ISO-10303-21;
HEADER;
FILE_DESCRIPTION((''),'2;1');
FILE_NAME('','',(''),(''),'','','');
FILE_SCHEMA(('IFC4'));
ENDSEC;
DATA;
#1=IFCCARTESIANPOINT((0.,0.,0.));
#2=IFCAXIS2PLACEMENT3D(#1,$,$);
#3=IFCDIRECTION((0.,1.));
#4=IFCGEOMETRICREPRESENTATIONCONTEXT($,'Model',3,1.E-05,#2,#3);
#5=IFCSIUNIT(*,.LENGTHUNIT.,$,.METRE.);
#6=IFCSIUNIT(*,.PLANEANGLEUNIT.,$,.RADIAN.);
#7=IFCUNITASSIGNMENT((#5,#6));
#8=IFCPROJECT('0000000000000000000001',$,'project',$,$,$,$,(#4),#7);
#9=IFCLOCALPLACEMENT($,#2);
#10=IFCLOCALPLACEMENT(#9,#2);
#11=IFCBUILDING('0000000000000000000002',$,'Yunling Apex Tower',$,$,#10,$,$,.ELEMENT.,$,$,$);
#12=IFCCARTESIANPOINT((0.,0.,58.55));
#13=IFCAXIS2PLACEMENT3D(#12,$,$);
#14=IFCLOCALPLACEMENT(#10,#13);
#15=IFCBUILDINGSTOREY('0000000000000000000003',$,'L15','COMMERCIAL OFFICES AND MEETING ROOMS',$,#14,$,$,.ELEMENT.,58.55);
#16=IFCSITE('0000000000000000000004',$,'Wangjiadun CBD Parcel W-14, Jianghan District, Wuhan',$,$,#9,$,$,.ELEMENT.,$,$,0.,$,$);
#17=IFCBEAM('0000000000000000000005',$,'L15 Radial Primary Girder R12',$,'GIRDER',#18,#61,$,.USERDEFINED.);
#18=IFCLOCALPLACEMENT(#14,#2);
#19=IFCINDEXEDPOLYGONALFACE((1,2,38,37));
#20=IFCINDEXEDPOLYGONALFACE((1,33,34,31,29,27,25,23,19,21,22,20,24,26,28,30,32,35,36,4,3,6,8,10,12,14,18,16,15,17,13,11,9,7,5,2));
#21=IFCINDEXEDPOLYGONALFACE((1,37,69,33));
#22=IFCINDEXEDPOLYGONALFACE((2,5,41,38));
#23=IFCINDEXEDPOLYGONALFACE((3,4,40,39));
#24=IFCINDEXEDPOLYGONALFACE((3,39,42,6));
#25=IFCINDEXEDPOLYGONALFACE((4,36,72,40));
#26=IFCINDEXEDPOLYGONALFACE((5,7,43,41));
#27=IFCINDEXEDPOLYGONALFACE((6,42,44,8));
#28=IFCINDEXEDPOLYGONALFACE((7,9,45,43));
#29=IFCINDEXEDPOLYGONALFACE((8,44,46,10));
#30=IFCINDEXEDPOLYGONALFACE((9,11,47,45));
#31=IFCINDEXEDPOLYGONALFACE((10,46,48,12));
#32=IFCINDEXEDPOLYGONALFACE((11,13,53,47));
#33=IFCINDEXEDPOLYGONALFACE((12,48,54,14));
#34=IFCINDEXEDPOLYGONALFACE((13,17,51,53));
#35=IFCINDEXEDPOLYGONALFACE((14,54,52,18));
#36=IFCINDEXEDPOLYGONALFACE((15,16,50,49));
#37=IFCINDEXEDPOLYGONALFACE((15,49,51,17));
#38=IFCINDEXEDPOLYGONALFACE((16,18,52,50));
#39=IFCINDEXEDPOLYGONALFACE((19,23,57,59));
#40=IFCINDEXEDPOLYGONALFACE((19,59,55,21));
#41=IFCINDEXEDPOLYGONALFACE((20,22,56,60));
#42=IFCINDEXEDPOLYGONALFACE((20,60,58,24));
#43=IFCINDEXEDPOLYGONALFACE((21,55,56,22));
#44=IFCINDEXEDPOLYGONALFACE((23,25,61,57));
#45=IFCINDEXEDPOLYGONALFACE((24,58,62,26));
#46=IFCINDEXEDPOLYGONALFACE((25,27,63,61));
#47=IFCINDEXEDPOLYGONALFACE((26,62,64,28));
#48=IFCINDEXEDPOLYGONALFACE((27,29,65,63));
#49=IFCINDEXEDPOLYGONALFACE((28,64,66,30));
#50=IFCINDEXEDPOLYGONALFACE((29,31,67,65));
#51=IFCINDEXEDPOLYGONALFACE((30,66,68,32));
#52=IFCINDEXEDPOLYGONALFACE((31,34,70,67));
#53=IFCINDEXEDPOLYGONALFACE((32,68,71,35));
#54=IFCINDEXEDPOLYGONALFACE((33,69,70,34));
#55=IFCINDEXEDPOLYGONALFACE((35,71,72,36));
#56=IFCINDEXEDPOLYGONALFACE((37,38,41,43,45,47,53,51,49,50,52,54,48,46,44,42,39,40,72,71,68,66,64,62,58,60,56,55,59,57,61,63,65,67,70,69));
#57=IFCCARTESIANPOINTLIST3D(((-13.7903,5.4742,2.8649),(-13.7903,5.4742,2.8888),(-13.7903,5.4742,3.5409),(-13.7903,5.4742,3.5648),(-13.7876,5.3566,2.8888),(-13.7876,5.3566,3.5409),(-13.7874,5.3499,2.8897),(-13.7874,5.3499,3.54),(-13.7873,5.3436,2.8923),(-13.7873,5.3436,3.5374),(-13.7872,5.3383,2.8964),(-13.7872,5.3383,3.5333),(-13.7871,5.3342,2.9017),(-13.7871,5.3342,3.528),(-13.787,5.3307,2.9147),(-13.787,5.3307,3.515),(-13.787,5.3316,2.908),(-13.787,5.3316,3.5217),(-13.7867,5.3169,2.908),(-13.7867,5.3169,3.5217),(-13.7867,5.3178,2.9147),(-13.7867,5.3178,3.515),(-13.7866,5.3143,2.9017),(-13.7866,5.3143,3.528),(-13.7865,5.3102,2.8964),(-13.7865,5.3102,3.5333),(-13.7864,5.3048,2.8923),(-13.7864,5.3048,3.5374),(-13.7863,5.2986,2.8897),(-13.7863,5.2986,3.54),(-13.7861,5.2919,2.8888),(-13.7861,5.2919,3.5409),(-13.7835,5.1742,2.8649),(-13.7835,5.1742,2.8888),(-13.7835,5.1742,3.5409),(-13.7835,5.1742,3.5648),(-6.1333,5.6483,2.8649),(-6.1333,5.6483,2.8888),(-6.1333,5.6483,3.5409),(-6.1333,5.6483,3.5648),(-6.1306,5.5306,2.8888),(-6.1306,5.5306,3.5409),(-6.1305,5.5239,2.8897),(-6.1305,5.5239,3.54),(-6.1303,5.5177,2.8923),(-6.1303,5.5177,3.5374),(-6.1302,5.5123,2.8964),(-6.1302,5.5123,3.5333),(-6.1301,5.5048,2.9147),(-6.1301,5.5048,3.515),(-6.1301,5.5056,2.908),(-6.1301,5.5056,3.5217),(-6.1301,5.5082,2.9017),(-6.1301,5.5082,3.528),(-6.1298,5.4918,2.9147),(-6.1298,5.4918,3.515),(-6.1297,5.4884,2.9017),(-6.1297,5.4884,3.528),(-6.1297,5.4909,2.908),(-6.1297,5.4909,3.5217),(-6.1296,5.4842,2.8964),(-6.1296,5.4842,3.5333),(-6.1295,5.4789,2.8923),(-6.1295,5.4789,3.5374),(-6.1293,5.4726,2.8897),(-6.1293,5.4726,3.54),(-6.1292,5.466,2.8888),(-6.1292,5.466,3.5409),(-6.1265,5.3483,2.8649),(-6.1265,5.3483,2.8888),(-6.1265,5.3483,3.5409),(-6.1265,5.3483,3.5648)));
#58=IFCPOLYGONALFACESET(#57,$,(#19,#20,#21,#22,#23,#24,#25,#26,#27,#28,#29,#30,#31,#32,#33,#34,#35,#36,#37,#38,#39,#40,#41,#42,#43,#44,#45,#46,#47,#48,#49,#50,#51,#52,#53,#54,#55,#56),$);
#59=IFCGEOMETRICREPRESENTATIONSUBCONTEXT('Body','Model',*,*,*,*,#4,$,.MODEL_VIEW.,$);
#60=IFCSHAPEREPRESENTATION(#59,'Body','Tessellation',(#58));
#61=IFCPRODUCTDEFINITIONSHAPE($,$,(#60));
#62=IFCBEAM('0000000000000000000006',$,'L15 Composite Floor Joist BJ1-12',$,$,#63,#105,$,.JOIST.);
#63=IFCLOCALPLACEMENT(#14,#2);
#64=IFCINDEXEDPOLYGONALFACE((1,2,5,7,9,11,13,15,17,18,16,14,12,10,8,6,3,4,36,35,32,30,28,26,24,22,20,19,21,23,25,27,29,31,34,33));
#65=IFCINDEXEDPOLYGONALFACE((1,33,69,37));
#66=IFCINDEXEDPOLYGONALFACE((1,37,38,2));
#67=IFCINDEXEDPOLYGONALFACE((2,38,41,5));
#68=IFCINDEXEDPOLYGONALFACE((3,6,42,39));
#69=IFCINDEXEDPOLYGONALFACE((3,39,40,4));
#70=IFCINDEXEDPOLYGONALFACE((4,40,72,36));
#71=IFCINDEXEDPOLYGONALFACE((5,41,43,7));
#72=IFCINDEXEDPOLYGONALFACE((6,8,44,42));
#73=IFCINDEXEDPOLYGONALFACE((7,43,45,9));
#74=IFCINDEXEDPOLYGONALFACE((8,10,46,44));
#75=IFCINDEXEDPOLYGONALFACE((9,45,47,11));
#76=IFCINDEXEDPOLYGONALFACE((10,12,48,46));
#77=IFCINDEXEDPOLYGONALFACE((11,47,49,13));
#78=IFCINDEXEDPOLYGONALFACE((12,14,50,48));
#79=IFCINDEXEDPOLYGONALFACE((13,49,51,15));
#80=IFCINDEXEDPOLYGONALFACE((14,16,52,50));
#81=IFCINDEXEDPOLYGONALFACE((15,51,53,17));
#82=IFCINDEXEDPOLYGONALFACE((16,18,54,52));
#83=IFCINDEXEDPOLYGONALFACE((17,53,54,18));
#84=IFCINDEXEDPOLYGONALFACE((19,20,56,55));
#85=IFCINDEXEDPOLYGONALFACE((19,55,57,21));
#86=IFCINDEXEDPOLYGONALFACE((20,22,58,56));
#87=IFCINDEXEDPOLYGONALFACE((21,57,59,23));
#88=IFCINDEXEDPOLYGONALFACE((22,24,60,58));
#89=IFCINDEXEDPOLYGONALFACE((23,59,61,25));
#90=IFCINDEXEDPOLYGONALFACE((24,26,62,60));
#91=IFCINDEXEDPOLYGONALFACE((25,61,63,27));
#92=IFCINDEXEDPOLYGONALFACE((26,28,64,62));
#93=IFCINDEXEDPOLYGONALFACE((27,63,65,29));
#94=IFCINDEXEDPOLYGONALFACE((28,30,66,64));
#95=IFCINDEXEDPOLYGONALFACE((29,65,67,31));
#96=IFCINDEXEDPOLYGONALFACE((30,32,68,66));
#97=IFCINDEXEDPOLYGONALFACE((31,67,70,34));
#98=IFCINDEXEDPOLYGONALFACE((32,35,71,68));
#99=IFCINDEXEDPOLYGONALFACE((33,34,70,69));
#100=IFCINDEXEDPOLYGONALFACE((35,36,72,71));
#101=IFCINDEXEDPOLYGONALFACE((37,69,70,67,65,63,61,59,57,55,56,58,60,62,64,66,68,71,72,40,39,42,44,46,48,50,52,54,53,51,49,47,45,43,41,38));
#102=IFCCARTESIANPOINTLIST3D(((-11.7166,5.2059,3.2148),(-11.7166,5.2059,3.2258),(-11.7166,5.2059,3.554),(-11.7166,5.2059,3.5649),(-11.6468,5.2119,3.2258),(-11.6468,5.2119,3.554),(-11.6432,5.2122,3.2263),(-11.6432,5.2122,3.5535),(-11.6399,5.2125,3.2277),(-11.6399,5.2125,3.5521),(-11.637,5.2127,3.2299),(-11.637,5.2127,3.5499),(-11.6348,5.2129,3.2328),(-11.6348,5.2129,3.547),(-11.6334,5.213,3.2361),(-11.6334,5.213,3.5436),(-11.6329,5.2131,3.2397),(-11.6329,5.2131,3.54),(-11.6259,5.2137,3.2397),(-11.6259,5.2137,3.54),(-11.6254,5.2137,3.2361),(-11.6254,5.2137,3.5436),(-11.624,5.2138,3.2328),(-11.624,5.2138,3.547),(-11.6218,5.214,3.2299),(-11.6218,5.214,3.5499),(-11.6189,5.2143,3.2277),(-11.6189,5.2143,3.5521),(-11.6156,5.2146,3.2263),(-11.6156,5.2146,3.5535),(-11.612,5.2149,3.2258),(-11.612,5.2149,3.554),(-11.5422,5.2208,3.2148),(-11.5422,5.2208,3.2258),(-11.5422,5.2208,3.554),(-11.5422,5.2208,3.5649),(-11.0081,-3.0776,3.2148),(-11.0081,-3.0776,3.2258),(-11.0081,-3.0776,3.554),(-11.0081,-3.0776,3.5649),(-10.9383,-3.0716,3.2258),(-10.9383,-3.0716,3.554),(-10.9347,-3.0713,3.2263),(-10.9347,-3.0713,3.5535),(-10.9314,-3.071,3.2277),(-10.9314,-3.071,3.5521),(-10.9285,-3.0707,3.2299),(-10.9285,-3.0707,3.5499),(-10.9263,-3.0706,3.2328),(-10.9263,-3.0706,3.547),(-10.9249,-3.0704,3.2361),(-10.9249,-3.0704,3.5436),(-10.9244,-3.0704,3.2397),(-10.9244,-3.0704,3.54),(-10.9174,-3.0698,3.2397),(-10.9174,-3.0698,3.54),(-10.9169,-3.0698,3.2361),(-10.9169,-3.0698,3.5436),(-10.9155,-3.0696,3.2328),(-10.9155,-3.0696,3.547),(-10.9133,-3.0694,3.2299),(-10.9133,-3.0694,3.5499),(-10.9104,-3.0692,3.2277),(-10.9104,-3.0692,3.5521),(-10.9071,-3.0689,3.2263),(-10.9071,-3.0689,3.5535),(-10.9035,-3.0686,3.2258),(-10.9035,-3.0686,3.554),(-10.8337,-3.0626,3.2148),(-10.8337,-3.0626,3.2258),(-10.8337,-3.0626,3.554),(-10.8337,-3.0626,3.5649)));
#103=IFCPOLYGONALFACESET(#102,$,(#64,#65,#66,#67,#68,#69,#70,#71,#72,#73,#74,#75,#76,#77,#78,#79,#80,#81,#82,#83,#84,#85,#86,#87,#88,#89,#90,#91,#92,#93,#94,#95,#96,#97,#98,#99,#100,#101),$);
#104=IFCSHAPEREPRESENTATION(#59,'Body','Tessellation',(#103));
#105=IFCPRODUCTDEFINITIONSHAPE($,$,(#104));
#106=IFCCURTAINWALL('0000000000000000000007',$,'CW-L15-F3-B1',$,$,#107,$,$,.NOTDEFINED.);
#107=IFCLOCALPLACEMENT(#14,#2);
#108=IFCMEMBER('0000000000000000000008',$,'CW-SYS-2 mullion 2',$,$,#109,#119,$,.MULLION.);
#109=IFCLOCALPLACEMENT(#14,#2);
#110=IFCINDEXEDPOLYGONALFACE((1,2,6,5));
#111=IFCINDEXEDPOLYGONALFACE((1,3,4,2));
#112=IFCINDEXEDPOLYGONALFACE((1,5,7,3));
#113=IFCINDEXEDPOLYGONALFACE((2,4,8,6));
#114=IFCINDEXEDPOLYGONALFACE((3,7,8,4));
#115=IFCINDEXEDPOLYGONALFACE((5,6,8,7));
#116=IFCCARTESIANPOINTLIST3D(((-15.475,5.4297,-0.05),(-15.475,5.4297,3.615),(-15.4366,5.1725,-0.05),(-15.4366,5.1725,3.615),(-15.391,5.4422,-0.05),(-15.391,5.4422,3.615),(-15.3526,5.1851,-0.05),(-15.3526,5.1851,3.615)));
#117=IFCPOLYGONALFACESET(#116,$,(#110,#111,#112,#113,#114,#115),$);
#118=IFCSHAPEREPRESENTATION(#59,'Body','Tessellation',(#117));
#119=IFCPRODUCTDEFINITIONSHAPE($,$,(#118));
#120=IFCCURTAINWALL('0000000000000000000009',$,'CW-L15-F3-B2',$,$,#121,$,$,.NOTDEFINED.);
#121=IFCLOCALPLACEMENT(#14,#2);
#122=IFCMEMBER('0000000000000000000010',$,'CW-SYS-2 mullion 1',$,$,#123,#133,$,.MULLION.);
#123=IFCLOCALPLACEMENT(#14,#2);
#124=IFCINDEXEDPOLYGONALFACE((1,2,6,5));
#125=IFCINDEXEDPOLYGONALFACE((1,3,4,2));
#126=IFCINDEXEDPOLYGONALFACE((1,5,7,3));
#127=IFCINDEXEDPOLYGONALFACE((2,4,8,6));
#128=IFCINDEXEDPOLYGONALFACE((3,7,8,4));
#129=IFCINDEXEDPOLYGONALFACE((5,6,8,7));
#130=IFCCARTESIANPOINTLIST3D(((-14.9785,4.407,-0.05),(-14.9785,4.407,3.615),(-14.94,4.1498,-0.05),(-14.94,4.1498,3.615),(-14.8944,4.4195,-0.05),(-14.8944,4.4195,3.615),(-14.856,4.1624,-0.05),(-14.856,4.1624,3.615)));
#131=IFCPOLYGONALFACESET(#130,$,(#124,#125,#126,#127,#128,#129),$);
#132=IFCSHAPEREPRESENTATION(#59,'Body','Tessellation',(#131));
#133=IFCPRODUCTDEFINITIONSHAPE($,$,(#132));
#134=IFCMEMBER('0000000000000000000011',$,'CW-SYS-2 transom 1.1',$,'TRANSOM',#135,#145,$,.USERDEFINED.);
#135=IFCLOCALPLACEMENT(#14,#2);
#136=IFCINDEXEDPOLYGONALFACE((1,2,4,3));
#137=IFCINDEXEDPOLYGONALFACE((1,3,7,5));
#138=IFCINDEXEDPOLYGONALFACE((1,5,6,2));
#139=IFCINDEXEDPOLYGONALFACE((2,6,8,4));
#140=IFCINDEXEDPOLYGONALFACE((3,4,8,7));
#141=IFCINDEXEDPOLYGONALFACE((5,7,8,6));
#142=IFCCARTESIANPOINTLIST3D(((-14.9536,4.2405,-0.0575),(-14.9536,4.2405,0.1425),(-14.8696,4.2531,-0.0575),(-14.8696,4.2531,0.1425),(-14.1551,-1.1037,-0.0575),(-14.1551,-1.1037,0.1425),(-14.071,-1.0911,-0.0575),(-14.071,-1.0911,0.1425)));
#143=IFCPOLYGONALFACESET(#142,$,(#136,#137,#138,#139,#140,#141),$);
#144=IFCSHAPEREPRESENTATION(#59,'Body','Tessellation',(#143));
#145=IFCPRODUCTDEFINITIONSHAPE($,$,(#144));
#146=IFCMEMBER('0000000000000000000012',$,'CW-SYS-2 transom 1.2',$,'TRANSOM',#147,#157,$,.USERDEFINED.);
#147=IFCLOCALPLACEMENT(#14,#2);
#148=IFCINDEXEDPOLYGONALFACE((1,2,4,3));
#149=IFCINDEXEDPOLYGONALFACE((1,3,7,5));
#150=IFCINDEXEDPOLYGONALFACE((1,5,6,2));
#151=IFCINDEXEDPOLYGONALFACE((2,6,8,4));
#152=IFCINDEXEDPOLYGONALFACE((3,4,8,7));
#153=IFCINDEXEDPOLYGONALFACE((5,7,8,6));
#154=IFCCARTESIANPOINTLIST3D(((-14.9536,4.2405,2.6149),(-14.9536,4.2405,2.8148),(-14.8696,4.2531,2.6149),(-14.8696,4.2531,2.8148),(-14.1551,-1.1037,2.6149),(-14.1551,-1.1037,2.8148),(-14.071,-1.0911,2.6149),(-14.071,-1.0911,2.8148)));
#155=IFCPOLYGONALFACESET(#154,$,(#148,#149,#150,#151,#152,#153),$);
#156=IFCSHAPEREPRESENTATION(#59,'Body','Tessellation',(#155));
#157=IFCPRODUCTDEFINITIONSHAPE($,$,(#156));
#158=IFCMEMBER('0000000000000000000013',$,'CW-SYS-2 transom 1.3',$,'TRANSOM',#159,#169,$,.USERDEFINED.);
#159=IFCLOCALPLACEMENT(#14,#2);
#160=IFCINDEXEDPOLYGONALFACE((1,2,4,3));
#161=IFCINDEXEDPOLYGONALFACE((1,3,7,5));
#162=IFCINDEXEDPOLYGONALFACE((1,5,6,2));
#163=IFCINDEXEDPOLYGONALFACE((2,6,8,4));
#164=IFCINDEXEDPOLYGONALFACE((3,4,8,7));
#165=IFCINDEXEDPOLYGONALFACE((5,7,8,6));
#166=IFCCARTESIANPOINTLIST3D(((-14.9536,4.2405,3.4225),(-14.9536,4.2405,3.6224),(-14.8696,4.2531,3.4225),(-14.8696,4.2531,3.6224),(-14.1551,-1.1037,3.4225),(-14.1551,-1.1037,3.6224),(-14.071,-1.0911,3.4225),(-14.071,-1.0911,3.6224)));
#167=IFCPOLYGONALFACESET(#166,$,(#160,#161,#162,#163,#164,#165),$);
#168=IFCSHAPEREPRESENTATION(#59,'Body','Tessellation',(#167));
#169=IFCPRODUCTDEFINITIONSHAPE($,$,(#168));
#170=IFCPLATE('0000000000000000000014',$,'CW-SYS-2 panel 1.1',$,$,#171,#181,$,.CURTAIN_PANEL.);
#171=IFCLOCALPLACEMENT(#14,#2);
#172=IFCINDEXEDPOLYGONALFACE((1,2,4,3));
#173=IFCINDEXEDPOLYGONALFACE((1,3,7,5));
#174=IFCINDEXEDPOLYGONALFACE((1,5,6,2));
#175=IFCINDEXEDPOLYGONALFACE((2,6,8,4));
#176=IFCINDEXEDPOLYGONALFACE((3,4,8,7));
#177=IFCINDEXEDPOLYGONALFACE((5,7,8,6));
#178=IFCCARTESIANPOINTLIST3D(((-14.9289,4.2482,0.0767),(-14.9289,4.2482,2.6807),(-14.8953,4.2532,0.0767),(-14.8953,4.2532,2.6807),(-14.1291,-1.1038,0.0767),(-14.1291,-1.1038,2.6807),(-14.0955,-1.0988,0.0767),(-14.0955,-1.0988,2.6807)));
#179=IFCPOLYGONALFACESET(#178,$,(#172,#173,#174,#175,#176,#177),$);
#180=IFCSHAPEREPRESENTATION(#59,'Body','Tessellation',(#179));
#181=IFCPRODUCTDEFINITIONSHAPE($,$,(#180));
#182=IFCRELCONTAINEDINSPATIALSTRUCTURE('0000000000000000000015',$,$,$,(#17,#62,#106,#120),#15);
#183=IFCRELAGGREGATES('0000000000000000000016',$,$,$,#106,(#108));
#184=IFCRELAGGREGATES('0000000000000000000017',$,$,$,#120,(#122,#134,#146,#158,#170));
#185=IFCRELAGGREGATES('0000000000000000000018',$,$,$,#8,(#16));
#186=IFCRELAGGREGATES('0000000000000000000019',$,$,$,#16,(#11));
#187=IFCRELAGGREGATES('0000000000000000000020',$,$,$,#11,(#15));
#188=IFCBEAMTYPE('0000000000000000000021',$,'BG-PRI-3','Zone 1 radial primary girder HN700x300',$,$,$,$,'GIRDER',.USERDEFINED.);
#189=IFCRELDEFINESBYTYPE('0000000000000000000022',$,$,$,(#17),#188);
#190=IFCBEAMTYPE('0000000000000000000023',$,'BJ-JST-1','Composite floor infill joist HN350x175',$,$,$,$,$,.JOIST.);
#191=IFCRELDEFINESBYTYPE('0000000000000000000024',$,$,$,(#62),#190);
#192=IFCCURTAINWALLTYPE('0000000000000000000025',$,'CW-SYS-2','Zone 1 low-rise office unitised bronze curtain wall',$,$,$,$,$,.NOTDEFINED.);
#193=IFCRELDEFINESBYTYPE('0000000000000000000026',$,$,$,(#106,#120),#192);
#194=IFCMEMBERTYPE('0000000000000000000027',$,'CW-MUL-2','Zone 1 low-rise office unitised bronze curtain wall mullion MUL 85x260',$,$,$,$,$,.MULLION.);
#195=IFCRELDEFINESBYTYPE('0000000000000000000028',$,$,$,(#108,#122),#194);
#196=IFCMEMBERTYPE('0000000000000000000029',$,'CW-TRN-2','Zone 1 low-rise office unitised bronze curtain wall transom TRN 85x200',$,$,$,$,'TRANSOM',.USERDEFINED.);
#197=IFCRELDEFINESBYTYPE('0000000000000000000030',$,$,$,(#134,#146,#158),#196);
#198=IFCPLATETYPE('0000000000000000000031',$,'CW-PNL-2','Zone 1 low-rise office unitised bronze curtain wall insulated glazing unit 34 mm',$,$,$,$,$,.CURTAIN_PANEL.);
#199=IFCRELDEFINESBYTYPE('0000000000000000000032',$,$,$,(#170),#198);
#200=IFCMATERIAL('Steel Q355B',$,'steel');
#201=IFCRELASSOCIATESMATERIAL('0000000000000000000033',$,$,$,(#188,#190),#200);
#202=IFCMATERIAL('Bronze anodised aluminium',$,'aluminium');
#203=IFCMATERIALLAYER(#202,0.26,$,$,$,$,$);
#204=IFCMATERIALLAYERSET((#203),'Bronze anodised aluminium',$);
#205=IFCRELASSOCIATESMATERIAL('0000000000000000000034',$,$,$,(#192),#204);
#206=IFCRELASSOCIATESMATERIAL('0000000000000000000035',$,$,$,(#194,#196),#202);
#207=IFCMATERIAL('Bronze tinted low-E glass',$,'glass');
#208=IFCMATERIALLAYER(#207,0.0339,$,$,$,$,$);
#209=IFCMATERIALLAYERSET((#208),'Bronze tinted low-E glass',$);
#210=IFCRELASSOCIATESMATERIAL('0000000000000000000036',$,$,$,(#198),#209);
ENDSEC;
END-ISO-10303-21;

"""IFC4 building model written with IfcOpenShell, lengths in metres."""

from ifc_helpers import new_model, si_unit, direction, frame, origin, origin_2d, place, context, subcontext, project, spatial, rectangle, i_section, extrude, source, transform, mapped, material, layer, layer_set, material_profile, profile_set, type_object, element, aggregate, save


model = new_model("IFC4")

# Units and contexts
model_context = context("Model", 3, precision=1e-05, world=origin(), true_north=direction((0.0, 1.0)))
body_context = subcontext(model_context, "Body", "Model", "MODEL_VIEW")
ifc_project = project(units=[si_unit("LENGTHUNIT", "METRE"), si_unit("PLANEANGLEUNIT", "RADIAN")], contexts=[model_context])

# Site, building, storey
site_placement = place(None, origin())
site = spatial("IfcSite", under=ifc_project, at=site_placement, Name="Wangjiadun CBD Parcel W-14, Jianghan District, Wuhan", CompositionType="ELEMENT", RefElevation=0.0)
building_placement = place(site_placement, origin())
building = spatial("IfcBuilding", under=site, at=building_placement, Name="Yunling Apex Tower", CompositionType="ELEMENT")
storey_placement = place(building_placement, frame((0.0, 0.0, 58.55)))
storey = spatial("IfcBuildingStorey", under=building, at=storey_placement, Name="L15", Description="COMMERCIAL OFFICES AND MEETING ROOMS", CompositionType="ELEMENT", Elevation=58.55)

# Beams
ifc_material_1 = material(Name="Steel Q355B", Category="steel")
ifc_material_profile_1 = material_profile(ifc_material_1, i_section(OverallWidth=0.3, OverallDepth=0.7, WebThickness=0.0129, FlangeThickness=0.0239, FilletRadius=0.0259, at=origin_2d()))
ifc_profile_set_1 = profile_set([ifc_material_profile_1], Name="Steel Q355B")
beam_type_1 = type_object("IfcBeamType", Name="BG-PRI-3", Description="Zone 1 radial primary girder HN700x300", ElementType="GIRDER", PredefinedType="USERDEFINED", material=ifc_profile_set_1)
shared_shape_1 = source(origin(), body_context, "Body", "SweptSolid", [
    extrude(i_section(OverallWidth=0.3, OverallDepth=0.7, WebThickness=0.0129, FlangeThickness=0.0239, FilletRadius=0.0259, at=origin_2d()), origin(), (0.0, 0.0, 1.0), 7.6589),
])
beam_1_placement = place(storey_placement, frame((-13.7869, 5.3242, 3.2148), z_axis=(0.999742, 0.022728, 0.0), x_axis=(-0.022728, 0.999742, 0.0)))
element("IfcBeam", 1, at=beam_1_placement, inside=storey, type_object=beam_type_1, Name="L15 Radial Primary Girder R12", ObjectType="GIRDER", PredefinedType="USERDEFINED", context=body_context, shape_type="MappedRepresentation", body=[
    mapped(shared_shape_1, transform((0.0, 0.0, 0.0), scale=1.0)),
])
ifc_material_profile_2 = material_profile(ifc_material_1, i_section(OverallWidth=0.175, OverallDepth=0.3501, WebThickness=0.0071, FlangeThickness=0.011, FilletRadius=0.0139, at=origin_2d()))
ifc_profile_set_2 = profile_set([ifc_material_profile_2], Name="Steel Q355B")
beam_type_2 = type_object("IfcBeamType", Name="BJ-JST-1", Description="Composite floor infill joist HN350x175", PredefinedType="JOIST", material=ifc_profile_set_2)
shared_shape_2 = source(origin(), body_context, "Body", "SweptSolid", [
    extrude(i_section(OverallWidth=0.175, OverallDepth=0.3501, WebThickness=0.0071, FlangeThickness=0.011, FilletRadius=0.0139, at=origin_2d()), origin(), (0.0, 0.0, 1.0), 8.3137),
])
beam_2_placement = place(storey_placement, frame((-11.6294, 5.2134, 3.3899), z_axis=(0.08522, -0.996362, 0.0), x_axis=(0.996362, 0.08522, 0.0)))
element("IfcBeam", 2, at=beam_2_placement, inside=storey, type_object=beam_type_2, Name="L15 Composite Floor Joist BJ1-12", PredefinedType="JOIST", context=body_context, shape_type="MappedRepresentation", body=[
    mapped(shared_shape_2, transform((0.0, 0.0, 0.0), scale=1.0)),
])

# Curtain wall, member
ifc_material_2 = material(Name="Bronze anodised aluminium", Category="aluminium")
ifc_layer_1 = layer(ifc_material_2, 0.26)
ifc_layer_set_1 = layer_set([ifc_layer_1], Name="Bronze anodised aluminium")
curtain_wall_type = type_object("IfcCurtainWallType", Name="CW-SYS-2", Description="Zone 1 low-rise office unitised bronze curtain wall", PredefinedType="NOTDEFINED", material=ifc_layer_set_1)
curtain_wall_1_placement = place(storey_placement, origin())
curtain_wall_1 = element("IfcCurtainWall", 3, at=curtain_wall_1_placement, inside=storey, type_object=curtain_wall_type, Name="CW-L15-F3-B1", PredefinedType="NOTDEFINED")
ifc_material_profile_3 = material_profile(ifc_material_2, rectangle(XDim=0.085, YDim=0.26, at=origin_2d()))
ifc_profile_set_3 = profile_set([ifc_material_profile_3], Name="Bronze anodised aluminium")
member_type_1 = type_object("IfcMemberType", Name="CW-MUL-2", Description="Zone 1 low-rise office unitised bronze curtain wall mullion MUL 85x260", PredefinedType="MULLION", material=ifc_profile_set_3)
shared_shape_3 = source(origin(), body_context, "Body", "SweptSolid", [
    extrude(rectangle(XDim=0.085, YDim=0.26, at=origin_2d()), origin(), (0.0, 0.0, 1.0), 3.665),
])
member_1_placement = place(storey_placement, frame((-15.4138, 5.3074, -0.05), z_axis=(0.0, 0.0, 1.0), x_axis=(0.989017, 0.147799, 0.0)))
member_1 = element("IfcMember", 4, at=member_1_placement, type_object=member_type_1, Name="CW-SYS-2 mullion 2", PredefinedType="MULLION", context=body_context, shape_type="MappedRepresentation", body=[
    mapped(shared_shape_3, transform((0.0, 0.0, 0.0), scale=1.0)),
])
aggregate(curtain_wall_1, [member_1])

# Curtain wall, members, plate
curtain_wall_2_placement = place(storey_placement, origin())
curtain_wall_2 = element("IfcCurtainWall", 5, at=curtain_wall_2_placement, inside=storey, type_object=curtain_wall_type, Name="CW-L15-F3-B2", PredefinedType="NOTDEFINED")
member_2_placement = place(storey_placement, frame((-14.9172, 4.2847, -0.05), z_axis=(0.0, 0.0, 1.0), x_axis=(0.989017, 0.147801, 0.0)))
member_2 = element("IfcMember", 6, at=member_2_placement, type_object=member_type_1, Name="CW-SYS-2 mullion 1", PredefinedType="MULLION", context=body_context, shape_type="MappedRepresentation", body=[
    mapped(shared_shape_3, transform((0.0, 0.0, 0.0), scale=1.0)),
])
ifc_material_profile_4 = material_profile(ifc_material_2, rectangle(XDim=0.085, YDim=0.2, at=origin_2d()))
ifc_profile_set_4 = profile_set([ifc_material_profile_4], Name="Bronze anodised aluminium")
member_type_2 = type_object("IfcMemberType", Name="CW-TRN-2", Description="Zone 1 low-rise office unitised bronze curtain wall transom TRN 85x200", ElementType="TRANSOM", PredefinedType="USERDEFINED", material=ifc_profile_set_4)
shared_shape_4 = source(origin(), body_context, "Body", "SweptSolid", [
    extrude(rectangle(XDim=0.085, YDim=0.2, at=origin_2d()), origin(), (0.0, 0.0, 1.0), 5.4036),
])
member_3_placement = place(storey_placement, frame((-14.9116, 4.2468, 0.0425), z_axis=(0.147788, -0.989019, 0.0), x_axis=(0.989019, 0.147788, 0.0)))
member_3 = element("IfcMember", 7, at=member_3_placement, type_object=member_type_2, Name="CW-SYS-2 transom 1.1", ObjectType="TRANSOM", PredefinedType="USERDEFINED", context=body_context, shape_type="MappedRepresentation", body=[
    mapped(shared_shape_4, transform((0.0, 0.0, 0.0), scale=1.0)),
])
member_4_placement = place(storey_placement, frame((-14.9116, 4.2468, 2.7148), z_axis=(0.147788, -0.989019, 0.0), x_axis=(0.989019, 0.147788, 0.0)))
member_4 = element("IfcMember", 8, at=member_4_placement, type_object=member_type_2, Name="CW-SYS-2 transom 1.2", ObjectType="TRANSOM", PredefinedType="USERDEFINED", context=body_context, shape_type="MappedRepresentation", body=[
    mapped(shared_shape_4, transform((0.0, 0.0, 0.0), scale=1.0)),
])
member_5_placement = place(storey_placement, frame((-14.9116, 4.2468, 3.5225), z_axis=(0.147788, -0.989019, 0.0), x_axis=(0.989019, 0.147788, 0.0)))
member_5 = element("IfcMember", 9, at=member_5_placement, type_object=member_type_2, Name="CW-SYS-2 transom 1.3", ObjectType="TRANSOM", PredefinedType="USERDEFINED", context=body_context, shape_type="MappedRepresentation", body=[
    mapped(shared_shape_4, transform((0.0, 0.0, 0.0), scale=1.0)),
])
ifc_material_3 = material(Name="Bronze tinted low-E glass", Category="glass")
ifc_layer_2 = layer(ifc_material_3, 0.0339)
ifc_layer_set_2 = layer_set([ifc_layer_2], Name="Bronze tinted low-E glass")
plate_type = type_object("IfcPlateType", Name="CW-PNL-2", Description="Zone 1 low-rise office unitised bronze curtain wall insulated glazing unit 34 mm", PredefinedType="CURTAIN_PANEL", material=ifc_layer_set_2)
shared_shape_5 = source(origin(), body_context, "Body", "SweptSolid", [
    extrude(rectangle(XDim=5.4114, YDim=0.0339, at=origin_2d()), origin(), (0.0, 0.0, 1.0), 2.604),
])
plate_1_placement = place(storey_placement, frame((-14.5122, 1.5747, 0.0767), z_axis=(0.0, 0.0, 1.0), x_axis=(0.147801, -0.989017, 0.0)))
plate_1 = element("IfcPlate", 10, at=plate_1_placement, type_object=plate_type, Name="CW-SYS-2 panel 1.1", PredefinedType="CURTAIN_PANEL", context=body_context, shape_type="MappedRepresentation", body=[
    mapped(shared_shape_5, transform((0.0, 0.0, 0.0), scale=1.0)),
])
aggregate(curtain_wall_2, [member_2, member_3, member_4, member_5, plate_1])

save(model, "model.ifc")
